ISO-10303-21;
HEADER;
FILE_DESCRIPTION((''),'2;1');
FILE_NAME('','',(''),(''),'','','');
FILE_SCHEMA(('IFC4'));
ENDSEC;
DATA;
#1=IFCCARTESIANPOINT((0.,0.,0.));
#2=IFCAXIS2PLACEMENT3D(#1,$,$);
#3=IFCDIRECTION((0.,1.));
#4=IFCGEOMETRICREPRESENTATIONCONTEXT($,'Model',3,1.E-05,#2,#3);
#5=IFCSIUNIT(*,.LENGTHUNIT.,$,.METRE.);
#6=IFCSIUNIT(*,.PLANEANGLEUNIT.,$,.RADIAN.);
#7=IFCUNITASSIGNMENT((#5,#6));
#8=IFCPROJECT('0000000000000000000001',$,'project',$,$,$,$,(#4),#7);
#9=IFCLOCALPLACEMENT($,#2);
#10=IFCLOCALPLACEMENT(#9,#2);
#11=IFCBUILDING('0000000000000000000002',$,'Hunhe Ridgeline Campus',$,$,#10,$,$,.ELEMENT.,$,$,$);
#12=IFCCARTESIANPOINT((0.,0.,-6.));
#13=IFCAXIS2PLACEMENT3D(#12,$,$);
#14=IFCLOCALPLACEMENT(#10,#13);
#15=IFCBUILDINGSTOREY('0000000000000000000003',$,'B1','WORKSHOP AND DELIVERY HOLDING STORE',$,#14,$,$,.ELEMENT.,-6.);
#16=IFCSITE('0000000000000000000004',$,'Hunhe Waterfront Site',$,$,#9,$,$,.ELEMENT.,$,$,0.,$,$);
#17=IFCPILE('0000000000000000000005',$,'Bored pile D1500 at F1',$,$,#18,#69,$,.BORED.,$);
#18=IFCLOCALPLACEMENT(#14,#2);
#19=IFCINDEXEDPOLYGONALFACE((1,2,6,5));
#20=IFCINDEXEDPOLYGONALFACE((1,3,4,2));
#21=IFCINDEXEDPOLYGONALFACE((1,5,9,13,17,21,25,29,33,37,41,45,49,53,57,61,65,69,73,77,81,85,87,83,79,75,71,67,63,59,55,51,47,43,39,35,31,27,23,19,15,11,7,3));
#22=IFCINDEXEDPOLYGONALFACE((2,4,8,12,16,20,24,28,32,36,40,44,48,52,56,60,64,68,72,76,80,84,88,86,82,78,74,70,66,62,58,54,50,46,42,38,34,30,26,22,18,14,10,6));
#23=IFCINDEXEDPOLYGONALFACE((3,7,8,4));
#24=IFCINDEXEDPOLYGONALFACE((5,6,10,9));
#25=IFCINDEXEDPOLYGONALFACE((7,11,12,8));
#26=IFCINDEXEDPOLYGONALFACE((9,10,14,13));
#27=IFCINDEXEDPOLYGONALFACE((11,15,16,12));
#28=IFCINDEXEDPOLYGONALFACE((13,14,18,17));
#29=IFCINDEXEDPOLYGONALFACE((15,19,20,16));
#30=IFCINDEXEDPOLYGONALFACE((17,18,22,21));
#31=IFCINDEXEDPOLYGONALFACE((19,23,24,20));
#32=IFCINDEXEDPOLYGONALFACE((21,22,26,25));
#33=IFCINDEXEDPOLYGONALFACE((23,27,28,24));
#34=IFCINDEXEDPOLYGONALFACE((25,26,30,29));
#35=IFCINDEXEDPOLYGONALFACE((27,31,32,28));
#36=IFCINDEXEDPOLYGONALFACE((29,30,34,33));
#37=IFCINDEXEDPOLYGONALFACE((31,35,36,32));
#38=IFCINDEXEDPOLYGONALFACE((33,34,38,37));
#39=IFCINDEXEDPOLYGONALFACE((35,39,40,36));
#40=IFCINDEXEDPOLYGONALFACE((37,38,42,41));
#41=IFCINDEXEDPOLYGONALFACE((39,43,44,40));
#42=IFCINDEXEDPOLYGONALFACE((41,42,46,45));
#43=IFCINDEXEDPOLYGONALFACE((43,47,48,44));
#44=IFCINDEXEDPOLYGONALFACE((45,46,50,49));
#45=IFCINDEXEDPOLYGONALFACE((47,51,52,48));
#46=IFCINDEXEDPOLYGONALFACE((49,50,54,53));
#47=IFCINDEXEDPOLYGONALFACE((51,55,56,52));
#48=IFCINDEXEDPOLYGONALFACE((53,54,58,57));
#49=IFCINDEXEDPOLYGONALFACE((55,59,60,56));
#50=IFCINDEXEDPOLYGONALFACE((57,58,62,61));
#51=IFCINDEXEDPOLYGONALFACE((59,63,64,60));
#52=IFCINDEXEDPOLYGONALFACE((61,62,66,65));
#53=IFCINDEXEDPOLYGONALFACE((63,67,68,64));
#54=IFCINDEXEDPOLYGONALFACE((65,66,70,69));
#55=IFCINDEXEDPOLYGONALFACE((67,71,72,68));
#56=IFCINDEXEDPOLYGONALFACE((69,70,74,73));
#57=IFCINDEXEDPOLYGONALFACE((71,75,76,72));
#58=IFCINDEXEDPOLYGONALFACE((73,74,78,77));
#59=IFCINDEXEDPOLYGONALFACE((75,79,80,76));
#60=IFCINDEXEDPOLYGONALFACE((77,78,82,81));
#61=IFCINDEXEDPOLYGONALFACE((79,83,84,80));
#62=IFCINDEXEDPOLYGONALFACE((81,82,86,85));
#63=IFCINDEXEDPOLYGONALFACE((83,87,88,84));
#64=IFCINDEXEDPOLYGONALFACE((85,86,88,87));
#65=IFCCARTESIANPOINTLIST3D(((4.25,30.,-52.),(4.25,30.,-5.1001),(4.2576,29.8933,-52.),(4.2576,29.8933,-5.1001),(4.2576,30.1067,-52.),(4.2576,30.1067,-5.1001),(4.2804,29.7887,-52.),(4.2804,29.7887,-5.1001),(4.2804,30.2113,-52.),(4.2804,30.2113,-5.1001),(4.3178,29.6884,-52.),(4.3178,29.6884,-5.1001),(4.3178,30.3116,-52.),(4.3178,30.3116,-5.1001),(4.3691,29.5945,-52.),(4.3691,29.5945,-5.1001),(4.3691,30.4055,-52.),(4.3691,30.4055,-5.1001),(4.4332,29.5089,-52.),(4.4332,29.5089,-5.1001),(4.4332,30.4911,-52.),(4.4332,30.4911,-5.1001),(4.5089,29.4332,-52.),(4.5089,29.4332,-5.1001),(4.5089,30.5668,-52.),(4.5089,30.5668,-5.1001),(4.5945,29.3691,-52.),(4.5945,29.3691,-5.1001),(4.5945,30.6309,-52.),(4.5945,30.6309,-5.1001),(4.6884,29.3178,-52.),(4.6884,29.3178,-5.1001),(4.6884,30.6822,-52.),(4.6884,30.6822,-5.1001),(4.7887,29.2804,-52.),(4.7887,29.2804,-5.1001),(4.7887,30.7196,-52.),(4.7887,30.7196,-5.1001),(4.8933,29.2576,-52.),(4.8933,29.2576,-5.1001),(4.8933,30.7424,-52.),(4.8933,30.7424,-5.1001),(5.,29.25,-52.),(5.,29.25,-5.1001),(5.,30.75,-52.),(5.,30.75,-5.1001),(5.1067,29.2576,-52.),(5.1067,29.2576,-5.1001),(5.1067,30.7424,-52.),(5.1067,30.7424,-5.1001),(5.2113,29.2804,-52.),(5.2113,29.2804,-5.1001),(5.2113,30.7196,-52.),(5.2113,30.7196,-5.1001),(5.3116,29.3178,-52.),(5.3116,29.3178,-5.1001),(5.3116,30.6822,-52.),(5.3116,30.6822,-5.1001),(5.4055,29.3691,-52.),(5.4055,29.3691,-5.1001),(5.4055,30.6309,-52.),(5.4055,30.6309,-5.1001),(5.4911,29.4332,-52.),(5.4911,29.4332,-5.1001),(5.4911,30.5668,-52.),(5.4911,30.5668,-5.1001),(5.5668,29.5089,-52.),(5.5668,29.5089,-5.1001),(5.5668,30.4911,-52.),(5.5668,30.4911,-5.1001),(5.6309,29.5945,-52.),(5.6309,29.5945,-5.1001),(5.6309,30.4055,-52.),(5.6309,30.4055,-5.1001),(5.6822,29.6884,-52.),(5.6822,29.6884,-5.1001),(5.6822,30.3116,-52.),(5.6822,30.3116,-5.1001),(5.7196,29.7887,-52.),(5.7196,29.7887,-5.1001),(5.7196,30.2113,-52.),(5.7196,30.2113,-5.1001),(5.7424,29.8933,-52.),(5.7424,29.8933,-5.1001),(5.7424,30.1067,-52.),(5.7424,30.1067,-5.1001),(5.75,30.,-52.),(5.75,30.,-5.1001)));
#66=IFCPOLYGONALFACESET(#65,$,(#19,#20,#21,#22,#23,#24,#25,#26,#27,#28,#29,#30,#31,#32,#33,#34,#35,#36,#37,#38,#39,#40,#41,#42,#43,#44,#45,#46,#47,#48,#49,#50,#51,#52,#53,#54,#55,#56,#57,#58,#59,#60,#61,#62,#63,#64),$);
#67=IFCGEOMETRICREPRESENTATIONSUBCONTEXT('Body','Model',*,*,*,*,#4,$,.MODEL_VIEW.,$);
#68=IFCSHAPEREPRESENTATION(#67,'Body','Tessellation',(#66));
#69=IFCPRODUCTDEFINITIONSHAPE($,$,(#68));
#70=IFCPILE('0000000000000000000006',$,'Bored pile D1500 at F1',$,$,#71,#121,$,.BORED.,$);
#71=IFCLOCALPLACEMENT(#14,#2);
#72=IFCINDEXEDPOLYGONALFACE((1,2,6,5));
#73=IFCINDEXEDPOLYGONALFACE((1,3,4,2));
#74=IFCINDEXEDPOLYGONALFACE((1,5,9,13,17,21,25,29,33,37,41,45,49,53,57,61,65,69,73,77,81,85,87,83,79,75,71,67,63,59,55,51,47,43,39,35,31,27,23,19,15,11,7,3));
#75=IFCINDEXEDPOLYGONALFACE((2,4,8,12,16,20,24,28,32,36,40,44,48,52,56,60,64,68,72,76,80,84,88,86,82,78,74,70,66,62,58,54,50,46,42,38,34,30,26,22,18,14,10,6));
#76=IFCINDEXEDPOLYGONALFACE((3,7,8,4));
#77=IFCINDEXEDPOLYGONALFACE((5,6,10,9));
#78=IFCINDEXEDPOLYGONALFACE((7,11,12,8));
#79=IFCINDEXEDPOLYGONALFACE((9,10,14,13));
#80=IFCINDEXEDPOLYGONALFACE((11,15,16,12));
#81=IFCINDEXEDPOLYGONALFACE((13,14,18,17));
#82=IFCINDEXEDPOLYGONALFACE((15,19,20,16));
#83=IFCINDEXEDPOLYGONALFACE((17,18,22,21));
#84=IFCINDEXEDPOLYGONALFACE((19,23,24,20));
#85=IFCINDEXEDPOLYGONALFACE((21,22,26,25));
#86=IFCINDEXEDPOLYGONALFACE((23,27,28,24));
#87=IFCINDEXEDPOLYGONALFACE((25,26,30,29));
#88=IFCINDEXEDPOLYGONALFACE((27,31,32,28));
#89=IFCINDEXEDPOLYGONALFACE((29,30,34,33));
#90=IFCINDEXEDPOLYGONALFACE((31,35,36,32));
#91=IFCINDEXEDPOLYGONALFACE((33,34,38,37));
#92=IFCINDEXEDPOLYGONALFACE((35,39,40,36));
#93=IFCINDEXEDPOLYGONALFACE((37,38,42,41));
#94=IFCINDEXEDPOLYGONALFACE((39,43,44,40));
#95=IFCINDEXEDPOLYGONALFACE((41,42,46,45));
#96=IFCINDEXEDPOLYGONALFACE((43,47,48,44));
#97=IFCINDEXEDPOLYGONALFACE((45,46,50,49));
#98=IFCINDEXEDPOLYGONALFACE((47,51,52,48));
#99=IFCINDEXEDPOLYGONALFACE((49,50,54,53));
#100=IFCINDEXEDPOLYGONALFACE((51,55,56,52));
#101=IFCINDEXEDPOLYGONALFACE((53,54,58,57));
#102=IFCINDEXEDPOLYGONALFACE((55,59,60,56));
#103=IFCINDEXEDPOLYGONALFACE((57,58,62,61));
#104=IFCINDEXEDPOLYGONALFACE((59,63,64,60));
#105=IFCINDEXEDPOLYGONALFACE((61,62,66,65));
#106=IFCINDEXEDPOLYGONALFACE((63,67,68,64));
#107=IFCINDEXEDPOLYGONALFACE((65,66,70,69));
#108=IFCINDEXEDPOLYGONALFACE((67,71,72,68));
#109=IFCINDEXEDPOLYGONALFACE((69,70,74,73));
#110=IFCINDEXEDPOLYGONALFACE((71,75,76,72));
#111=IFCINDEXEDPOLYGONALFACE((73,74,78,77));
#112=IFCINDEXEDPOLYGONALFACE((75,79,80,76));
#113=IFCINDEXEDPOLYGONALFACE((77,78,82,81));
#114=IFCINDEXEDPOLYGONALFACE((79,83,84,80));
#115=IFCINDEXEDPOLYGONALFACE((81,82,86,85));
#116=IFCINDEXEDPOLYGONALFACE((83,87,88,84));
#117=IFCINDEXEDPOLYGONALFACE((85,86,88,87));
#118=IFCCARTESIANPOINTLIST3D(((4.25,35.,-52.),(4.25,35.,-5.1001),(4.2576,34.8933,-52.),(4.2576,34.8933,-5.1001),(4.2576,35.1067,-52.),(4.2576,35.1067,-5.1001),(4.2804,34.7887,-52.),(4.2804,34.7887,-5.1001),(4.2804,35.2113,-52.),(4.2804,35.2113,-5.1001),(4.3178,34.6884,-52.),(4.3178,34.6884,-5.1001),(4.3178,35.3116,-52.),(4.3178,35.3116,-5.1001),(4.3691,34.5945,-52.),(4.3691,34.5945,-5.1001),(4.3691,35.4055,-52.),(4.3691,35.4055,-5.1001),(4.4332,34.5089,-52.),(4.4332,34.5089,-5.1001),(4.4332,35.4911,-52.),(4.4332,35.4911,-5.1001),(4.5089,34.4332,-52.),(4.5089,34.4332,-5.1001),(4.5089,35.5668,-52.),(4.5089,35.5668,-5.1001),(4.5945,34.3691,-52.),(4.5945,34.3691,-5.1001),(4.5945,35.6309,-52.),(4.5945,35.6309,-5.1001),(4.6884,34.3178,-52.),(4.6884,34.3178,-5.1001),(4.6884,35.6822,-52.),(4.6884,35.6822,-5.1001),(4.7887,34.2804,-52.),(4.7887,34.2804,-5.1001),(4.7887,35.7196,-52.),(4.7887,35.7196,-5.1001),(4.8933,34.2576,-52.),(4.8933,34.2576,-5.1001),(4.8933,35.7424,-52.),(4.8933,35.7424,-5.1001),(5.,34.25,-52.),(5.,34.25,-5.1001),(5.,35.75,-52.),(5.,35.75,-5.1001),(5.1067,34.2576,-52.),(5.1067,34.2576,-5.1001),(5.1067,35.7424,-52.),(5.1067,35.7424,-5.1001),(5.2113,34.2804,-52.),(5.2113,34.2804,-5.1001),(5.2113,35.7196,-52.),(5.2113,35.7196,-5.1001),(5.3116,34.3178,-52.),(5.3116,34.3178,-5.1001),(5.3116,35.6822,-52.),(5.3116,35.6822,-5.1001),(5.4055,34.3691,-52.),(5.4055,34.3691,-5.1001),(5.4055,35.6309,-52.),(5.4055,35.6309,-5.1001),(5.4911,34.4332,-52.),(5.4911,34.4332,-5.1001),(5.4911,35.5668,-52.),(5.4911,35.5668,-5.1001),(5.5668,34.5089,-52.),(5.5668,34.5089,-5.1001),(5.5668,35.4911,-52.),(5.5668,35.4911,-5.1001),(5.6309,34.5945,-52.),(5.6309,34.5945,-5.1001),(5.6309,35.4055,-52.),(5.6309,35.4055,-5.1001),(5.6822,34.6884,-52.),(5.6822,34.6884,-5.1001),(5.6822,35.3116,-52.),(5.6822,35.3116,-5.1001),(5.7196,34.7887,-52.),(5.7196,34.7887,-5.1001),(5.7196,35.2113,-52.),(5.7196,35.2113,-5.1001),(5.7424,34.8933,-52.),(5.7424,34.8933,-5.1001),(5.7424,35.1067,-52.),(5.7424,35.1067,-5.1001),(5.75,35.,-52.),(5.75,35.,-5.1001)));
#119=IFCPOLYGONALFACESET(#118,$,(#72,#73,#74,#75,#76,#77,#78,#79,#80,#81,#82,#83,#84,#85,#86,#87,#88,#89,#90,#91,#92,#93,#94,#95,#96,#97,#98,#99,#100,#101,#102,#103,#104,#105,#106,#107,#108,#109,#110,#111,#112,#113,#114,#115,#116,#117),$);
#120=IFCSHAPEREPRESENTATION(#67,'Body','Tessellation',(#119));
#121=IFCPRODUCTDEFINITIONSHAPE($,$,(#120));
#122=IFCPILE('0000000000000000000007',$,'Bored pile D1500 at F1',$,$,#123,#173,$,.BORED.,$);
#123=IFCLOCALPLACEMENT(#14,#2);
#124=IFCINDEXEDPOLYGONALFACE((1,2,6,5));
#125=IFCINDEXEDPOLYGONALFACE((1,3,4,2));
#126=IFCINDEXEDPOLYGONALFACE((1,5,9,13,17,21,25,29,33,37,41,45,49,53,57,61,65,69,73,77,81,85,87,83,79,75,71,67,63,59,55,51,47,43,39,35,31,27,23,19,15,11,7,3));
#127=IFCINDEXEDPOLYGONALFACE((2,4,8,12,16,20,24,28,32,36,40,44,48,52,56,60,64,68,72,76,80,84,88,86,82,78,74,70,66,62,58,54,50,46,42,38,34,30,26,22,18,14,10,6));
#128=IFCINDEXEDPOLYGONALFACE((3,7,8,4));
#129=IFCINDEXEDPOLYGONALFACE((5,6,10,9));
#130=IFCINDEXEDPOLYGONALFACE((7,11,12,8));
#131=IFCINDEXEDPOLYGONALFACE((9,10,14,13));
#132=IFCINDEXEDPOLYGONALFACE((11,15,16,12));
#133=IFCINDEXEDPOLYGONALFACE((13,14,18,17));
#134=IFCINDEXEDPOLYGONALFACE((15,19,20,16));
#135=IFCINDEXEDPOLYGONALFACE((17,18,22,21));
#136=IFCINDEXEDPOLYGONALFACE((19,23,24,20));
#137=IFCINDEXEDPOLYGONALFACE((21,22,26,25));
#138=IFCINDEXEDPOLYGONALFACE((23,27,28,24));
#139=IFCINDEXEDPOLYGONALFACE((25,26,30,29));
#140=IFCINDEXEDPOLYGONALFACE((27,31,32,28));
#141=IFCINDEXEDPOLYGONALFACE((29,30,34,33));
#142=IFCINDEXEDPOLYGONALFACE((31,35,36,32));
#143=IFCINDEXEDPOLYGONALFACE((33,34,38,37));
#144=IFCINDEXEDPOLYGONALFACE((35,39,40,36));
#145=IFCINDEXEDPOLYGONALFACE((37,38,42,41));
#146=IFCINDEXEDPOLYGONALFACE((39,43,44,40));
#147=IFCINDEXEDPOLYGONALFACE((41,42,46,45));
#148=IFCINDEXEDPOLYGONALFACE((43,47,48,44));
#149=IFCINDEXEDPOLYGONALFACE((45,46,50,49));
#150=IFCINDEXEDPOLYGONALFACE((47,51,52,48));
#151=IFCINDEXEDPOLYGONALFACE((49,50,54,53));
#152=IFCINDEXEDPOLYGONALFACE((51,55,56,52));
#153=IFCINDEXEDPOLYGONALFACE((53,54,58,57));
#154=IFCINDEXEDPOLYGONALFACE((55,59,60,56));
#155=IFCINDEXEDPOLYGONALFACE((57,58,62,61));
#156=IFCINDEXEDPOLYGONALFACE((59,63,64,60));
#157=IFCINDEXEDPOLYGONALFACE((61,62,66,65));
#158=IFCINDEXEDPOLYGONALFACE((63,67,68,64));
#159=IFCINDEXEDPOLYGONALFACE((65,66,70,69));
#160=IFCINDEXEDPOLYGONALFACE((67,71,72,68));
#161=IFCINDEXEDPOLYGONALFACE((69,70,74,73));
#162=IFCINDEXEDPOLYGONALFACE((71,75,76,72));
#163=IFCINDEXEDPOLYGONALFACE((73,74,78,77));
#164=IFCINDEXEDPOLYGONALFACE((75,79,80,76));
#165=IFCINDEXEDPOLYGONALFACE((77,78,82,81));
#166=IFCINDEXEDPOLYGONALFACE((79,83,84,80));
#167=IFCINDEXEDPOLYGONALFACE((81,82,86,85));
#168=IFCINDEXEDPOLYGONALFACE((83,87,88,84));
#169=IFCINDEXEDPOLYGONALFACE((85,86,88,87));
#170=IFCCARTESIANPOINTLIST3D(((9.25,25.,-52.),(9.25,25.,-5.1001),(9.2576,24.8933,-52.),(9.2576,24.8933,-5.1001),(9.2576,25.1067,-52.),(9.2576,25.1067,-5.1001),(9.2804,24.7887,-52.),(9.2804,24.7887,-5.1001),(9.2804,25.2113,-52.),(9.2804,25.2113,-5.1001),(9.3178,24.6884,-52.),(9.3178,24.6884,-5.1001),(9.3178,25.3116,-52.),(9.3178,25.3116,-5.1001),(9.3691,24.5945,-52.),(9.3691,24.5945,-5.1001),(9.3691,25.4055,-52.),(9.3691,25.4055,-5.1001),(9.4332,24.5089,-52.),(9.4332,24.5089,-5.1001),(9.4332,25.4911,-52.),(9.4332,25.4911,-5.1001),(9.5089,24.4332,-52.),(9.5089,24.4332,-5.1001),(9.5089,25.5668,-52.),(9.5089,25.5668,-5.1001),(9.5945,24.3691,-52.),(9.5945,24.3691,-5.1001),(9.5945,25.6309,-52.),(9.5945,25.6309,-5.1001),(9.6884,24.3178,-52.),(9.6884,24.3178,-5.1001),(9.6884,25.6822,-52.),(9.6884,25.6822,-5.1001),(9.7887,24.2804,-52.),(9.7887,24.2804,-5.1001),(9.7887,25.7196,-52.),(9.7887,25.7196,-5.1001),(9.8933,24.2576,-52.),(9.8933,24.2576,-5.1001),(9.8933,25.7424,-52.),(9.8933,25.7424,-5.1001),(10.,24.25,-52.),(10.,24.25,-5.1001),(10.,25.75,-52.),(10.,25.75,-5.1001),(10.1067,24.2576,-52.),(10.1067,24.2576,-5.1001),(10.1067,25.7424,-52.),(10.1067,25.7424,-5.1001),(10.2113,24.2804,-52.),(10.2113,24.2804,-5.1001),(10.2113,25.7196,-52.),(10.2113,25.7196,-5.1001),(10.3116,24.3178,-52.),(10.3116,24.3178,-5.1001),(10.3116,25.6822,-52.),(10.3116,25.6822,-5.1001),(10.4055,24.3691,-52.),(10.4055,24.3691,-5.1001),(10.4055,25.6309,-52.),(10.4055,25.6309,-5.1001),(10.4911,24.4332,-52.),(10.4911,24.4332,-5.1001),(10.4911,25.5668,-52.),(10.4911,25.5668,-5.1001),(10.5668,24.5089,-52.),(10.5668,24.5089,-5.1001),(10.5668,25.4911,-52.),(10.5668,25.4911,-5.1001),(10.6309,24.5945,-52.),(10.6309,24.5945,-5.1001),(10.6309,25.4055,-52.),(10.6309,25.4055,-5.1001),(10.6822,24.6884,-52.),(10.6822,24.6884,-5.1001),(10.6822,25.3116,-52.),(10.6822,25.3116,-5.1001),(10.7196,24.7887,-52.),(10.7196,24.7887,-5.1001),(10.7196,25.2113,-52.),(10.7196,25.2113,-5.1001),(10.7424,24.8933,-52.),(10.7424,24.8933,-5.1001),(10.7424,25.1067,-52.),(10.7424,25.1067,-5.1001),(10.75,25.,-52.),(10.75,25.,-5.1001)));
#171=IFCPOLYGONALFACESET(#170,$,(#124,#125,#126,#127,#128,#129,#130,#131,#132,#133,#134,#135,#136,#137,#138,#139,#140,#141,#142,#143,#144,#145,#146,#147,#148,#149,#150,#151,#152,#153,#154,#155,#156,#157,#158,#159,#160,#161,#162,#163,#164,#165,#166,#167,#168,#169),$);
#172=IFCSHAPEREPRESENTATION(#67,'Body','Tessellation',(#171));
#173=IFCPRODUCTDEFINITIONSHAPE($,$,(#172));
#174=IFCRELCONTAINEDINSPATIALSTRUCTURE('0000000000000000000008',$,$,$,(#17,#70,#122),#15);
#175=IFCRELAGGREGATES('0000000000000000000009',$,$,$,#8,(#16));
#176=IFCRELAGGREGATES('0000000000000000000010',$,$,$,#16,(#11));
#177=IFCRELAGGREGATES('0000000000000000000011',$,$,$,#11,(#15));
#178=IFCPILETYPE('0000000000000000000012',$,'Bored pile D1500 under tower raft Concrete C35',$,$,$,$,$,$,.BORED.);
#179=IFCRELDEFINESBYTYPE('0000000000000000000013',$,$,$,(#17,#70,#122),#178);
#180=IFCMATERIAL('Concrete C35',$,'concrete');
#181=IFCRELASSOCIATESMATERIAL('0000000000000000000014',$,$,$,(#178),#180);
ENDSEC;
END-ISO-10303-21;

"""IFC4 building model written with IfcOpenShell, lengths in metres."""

from ifc_helpers import new_model, si_unit, direction, frame, origin, origin_2d, place, context, subcontext, project, spatial, circle, extrude, material, material_profile, profile_set, type_object, element, save


model = new_model("IFC4")

# Units and contexts
model_context = context("Model", 3, precision=1e-05, world=origin(), true_north=direction((0.0, 1.0)))
body_context = subcontext(model_context, "Body", "Model", "MODEL_VIEW")
ifc_project = project(units=[si_unit("LENGTHUNIT", "METRE"), si_unit("PLANEANGLEUNIT", "RADIAN")], contexts=[model_context])

# Site, building, storey
site_placement = place(None, origin())
site = spatial("IfcSite", under=ifc_project, at=site_placement, Name="Hunhe Waterfront Site", CompositionType="ELEMENT", RefElevation=0.0)
building_placement = place(site_placement, origin())
building = spatial("IfcBuilding", under=site, at=building_placement, Name="Hunhe Ridgeline Campus", CompositionType="ELEMENT")
storey_placement = place(building_placement, frame((0.0, 0.0, -6.0)))
storey = spatial("IfcBuildingStorey", under=building, at=storey_placement, Name="B1", Description="WORKSHOP AND DELIVERY HOLDING STORE", CompositionType="ELEMENT", Elevation=-6.0)

# Piles
ifc_material_1 = material(Name="Concrete C35", Category="concrete")
ifc_material_profile_1 = material_profile(ifc_material_1, circle(Radius=0.75, at=origin_2d()))
ifc_profile_set_1 = profile_set([ifc_material_profile_1], Name="Concrete C35")
pile_type = type_object("IfcPileType", Name="Bored pile D1500 under tower raft Concrete C35", PredefinedType="BORED", material=ifc_profile_set_1)
for number, where, z_axis, x_axis, name in (
    (1, (5.0, 30.0, -5.1001), (0.0, 0.0, -1.0), (1.0, 0.0, 0.0), "Bored pile D1500 at F1"),
    (2, (5.0, 35.0, -5.1001), (0.0, 0.0, -1.0), (1.0, 0.0, 0.0), "Bored pile D1500 at F1"),
    (3, (10.0, 25.0, -5.1001), (0.0, 0.0, -1.0), (1.0, 0.0, 0.0), "Bored pile D1500 at F1"),
):
    element("IfcPile", number, at=place(storey_placement, frame(where, z_axis=z_axis, x_axis=x_axis)), inside=storey, type_object=pile_type, Name=name, PredefinedType="BORED", context=body_context, shape_type="SweptSolid", body=[
        extrude(circle(Radius=0.75, at=origin_2d()), origin(), (0.0, 0.0, 1.0), 46.8999),
    ])

save(model, "model.ifc")
